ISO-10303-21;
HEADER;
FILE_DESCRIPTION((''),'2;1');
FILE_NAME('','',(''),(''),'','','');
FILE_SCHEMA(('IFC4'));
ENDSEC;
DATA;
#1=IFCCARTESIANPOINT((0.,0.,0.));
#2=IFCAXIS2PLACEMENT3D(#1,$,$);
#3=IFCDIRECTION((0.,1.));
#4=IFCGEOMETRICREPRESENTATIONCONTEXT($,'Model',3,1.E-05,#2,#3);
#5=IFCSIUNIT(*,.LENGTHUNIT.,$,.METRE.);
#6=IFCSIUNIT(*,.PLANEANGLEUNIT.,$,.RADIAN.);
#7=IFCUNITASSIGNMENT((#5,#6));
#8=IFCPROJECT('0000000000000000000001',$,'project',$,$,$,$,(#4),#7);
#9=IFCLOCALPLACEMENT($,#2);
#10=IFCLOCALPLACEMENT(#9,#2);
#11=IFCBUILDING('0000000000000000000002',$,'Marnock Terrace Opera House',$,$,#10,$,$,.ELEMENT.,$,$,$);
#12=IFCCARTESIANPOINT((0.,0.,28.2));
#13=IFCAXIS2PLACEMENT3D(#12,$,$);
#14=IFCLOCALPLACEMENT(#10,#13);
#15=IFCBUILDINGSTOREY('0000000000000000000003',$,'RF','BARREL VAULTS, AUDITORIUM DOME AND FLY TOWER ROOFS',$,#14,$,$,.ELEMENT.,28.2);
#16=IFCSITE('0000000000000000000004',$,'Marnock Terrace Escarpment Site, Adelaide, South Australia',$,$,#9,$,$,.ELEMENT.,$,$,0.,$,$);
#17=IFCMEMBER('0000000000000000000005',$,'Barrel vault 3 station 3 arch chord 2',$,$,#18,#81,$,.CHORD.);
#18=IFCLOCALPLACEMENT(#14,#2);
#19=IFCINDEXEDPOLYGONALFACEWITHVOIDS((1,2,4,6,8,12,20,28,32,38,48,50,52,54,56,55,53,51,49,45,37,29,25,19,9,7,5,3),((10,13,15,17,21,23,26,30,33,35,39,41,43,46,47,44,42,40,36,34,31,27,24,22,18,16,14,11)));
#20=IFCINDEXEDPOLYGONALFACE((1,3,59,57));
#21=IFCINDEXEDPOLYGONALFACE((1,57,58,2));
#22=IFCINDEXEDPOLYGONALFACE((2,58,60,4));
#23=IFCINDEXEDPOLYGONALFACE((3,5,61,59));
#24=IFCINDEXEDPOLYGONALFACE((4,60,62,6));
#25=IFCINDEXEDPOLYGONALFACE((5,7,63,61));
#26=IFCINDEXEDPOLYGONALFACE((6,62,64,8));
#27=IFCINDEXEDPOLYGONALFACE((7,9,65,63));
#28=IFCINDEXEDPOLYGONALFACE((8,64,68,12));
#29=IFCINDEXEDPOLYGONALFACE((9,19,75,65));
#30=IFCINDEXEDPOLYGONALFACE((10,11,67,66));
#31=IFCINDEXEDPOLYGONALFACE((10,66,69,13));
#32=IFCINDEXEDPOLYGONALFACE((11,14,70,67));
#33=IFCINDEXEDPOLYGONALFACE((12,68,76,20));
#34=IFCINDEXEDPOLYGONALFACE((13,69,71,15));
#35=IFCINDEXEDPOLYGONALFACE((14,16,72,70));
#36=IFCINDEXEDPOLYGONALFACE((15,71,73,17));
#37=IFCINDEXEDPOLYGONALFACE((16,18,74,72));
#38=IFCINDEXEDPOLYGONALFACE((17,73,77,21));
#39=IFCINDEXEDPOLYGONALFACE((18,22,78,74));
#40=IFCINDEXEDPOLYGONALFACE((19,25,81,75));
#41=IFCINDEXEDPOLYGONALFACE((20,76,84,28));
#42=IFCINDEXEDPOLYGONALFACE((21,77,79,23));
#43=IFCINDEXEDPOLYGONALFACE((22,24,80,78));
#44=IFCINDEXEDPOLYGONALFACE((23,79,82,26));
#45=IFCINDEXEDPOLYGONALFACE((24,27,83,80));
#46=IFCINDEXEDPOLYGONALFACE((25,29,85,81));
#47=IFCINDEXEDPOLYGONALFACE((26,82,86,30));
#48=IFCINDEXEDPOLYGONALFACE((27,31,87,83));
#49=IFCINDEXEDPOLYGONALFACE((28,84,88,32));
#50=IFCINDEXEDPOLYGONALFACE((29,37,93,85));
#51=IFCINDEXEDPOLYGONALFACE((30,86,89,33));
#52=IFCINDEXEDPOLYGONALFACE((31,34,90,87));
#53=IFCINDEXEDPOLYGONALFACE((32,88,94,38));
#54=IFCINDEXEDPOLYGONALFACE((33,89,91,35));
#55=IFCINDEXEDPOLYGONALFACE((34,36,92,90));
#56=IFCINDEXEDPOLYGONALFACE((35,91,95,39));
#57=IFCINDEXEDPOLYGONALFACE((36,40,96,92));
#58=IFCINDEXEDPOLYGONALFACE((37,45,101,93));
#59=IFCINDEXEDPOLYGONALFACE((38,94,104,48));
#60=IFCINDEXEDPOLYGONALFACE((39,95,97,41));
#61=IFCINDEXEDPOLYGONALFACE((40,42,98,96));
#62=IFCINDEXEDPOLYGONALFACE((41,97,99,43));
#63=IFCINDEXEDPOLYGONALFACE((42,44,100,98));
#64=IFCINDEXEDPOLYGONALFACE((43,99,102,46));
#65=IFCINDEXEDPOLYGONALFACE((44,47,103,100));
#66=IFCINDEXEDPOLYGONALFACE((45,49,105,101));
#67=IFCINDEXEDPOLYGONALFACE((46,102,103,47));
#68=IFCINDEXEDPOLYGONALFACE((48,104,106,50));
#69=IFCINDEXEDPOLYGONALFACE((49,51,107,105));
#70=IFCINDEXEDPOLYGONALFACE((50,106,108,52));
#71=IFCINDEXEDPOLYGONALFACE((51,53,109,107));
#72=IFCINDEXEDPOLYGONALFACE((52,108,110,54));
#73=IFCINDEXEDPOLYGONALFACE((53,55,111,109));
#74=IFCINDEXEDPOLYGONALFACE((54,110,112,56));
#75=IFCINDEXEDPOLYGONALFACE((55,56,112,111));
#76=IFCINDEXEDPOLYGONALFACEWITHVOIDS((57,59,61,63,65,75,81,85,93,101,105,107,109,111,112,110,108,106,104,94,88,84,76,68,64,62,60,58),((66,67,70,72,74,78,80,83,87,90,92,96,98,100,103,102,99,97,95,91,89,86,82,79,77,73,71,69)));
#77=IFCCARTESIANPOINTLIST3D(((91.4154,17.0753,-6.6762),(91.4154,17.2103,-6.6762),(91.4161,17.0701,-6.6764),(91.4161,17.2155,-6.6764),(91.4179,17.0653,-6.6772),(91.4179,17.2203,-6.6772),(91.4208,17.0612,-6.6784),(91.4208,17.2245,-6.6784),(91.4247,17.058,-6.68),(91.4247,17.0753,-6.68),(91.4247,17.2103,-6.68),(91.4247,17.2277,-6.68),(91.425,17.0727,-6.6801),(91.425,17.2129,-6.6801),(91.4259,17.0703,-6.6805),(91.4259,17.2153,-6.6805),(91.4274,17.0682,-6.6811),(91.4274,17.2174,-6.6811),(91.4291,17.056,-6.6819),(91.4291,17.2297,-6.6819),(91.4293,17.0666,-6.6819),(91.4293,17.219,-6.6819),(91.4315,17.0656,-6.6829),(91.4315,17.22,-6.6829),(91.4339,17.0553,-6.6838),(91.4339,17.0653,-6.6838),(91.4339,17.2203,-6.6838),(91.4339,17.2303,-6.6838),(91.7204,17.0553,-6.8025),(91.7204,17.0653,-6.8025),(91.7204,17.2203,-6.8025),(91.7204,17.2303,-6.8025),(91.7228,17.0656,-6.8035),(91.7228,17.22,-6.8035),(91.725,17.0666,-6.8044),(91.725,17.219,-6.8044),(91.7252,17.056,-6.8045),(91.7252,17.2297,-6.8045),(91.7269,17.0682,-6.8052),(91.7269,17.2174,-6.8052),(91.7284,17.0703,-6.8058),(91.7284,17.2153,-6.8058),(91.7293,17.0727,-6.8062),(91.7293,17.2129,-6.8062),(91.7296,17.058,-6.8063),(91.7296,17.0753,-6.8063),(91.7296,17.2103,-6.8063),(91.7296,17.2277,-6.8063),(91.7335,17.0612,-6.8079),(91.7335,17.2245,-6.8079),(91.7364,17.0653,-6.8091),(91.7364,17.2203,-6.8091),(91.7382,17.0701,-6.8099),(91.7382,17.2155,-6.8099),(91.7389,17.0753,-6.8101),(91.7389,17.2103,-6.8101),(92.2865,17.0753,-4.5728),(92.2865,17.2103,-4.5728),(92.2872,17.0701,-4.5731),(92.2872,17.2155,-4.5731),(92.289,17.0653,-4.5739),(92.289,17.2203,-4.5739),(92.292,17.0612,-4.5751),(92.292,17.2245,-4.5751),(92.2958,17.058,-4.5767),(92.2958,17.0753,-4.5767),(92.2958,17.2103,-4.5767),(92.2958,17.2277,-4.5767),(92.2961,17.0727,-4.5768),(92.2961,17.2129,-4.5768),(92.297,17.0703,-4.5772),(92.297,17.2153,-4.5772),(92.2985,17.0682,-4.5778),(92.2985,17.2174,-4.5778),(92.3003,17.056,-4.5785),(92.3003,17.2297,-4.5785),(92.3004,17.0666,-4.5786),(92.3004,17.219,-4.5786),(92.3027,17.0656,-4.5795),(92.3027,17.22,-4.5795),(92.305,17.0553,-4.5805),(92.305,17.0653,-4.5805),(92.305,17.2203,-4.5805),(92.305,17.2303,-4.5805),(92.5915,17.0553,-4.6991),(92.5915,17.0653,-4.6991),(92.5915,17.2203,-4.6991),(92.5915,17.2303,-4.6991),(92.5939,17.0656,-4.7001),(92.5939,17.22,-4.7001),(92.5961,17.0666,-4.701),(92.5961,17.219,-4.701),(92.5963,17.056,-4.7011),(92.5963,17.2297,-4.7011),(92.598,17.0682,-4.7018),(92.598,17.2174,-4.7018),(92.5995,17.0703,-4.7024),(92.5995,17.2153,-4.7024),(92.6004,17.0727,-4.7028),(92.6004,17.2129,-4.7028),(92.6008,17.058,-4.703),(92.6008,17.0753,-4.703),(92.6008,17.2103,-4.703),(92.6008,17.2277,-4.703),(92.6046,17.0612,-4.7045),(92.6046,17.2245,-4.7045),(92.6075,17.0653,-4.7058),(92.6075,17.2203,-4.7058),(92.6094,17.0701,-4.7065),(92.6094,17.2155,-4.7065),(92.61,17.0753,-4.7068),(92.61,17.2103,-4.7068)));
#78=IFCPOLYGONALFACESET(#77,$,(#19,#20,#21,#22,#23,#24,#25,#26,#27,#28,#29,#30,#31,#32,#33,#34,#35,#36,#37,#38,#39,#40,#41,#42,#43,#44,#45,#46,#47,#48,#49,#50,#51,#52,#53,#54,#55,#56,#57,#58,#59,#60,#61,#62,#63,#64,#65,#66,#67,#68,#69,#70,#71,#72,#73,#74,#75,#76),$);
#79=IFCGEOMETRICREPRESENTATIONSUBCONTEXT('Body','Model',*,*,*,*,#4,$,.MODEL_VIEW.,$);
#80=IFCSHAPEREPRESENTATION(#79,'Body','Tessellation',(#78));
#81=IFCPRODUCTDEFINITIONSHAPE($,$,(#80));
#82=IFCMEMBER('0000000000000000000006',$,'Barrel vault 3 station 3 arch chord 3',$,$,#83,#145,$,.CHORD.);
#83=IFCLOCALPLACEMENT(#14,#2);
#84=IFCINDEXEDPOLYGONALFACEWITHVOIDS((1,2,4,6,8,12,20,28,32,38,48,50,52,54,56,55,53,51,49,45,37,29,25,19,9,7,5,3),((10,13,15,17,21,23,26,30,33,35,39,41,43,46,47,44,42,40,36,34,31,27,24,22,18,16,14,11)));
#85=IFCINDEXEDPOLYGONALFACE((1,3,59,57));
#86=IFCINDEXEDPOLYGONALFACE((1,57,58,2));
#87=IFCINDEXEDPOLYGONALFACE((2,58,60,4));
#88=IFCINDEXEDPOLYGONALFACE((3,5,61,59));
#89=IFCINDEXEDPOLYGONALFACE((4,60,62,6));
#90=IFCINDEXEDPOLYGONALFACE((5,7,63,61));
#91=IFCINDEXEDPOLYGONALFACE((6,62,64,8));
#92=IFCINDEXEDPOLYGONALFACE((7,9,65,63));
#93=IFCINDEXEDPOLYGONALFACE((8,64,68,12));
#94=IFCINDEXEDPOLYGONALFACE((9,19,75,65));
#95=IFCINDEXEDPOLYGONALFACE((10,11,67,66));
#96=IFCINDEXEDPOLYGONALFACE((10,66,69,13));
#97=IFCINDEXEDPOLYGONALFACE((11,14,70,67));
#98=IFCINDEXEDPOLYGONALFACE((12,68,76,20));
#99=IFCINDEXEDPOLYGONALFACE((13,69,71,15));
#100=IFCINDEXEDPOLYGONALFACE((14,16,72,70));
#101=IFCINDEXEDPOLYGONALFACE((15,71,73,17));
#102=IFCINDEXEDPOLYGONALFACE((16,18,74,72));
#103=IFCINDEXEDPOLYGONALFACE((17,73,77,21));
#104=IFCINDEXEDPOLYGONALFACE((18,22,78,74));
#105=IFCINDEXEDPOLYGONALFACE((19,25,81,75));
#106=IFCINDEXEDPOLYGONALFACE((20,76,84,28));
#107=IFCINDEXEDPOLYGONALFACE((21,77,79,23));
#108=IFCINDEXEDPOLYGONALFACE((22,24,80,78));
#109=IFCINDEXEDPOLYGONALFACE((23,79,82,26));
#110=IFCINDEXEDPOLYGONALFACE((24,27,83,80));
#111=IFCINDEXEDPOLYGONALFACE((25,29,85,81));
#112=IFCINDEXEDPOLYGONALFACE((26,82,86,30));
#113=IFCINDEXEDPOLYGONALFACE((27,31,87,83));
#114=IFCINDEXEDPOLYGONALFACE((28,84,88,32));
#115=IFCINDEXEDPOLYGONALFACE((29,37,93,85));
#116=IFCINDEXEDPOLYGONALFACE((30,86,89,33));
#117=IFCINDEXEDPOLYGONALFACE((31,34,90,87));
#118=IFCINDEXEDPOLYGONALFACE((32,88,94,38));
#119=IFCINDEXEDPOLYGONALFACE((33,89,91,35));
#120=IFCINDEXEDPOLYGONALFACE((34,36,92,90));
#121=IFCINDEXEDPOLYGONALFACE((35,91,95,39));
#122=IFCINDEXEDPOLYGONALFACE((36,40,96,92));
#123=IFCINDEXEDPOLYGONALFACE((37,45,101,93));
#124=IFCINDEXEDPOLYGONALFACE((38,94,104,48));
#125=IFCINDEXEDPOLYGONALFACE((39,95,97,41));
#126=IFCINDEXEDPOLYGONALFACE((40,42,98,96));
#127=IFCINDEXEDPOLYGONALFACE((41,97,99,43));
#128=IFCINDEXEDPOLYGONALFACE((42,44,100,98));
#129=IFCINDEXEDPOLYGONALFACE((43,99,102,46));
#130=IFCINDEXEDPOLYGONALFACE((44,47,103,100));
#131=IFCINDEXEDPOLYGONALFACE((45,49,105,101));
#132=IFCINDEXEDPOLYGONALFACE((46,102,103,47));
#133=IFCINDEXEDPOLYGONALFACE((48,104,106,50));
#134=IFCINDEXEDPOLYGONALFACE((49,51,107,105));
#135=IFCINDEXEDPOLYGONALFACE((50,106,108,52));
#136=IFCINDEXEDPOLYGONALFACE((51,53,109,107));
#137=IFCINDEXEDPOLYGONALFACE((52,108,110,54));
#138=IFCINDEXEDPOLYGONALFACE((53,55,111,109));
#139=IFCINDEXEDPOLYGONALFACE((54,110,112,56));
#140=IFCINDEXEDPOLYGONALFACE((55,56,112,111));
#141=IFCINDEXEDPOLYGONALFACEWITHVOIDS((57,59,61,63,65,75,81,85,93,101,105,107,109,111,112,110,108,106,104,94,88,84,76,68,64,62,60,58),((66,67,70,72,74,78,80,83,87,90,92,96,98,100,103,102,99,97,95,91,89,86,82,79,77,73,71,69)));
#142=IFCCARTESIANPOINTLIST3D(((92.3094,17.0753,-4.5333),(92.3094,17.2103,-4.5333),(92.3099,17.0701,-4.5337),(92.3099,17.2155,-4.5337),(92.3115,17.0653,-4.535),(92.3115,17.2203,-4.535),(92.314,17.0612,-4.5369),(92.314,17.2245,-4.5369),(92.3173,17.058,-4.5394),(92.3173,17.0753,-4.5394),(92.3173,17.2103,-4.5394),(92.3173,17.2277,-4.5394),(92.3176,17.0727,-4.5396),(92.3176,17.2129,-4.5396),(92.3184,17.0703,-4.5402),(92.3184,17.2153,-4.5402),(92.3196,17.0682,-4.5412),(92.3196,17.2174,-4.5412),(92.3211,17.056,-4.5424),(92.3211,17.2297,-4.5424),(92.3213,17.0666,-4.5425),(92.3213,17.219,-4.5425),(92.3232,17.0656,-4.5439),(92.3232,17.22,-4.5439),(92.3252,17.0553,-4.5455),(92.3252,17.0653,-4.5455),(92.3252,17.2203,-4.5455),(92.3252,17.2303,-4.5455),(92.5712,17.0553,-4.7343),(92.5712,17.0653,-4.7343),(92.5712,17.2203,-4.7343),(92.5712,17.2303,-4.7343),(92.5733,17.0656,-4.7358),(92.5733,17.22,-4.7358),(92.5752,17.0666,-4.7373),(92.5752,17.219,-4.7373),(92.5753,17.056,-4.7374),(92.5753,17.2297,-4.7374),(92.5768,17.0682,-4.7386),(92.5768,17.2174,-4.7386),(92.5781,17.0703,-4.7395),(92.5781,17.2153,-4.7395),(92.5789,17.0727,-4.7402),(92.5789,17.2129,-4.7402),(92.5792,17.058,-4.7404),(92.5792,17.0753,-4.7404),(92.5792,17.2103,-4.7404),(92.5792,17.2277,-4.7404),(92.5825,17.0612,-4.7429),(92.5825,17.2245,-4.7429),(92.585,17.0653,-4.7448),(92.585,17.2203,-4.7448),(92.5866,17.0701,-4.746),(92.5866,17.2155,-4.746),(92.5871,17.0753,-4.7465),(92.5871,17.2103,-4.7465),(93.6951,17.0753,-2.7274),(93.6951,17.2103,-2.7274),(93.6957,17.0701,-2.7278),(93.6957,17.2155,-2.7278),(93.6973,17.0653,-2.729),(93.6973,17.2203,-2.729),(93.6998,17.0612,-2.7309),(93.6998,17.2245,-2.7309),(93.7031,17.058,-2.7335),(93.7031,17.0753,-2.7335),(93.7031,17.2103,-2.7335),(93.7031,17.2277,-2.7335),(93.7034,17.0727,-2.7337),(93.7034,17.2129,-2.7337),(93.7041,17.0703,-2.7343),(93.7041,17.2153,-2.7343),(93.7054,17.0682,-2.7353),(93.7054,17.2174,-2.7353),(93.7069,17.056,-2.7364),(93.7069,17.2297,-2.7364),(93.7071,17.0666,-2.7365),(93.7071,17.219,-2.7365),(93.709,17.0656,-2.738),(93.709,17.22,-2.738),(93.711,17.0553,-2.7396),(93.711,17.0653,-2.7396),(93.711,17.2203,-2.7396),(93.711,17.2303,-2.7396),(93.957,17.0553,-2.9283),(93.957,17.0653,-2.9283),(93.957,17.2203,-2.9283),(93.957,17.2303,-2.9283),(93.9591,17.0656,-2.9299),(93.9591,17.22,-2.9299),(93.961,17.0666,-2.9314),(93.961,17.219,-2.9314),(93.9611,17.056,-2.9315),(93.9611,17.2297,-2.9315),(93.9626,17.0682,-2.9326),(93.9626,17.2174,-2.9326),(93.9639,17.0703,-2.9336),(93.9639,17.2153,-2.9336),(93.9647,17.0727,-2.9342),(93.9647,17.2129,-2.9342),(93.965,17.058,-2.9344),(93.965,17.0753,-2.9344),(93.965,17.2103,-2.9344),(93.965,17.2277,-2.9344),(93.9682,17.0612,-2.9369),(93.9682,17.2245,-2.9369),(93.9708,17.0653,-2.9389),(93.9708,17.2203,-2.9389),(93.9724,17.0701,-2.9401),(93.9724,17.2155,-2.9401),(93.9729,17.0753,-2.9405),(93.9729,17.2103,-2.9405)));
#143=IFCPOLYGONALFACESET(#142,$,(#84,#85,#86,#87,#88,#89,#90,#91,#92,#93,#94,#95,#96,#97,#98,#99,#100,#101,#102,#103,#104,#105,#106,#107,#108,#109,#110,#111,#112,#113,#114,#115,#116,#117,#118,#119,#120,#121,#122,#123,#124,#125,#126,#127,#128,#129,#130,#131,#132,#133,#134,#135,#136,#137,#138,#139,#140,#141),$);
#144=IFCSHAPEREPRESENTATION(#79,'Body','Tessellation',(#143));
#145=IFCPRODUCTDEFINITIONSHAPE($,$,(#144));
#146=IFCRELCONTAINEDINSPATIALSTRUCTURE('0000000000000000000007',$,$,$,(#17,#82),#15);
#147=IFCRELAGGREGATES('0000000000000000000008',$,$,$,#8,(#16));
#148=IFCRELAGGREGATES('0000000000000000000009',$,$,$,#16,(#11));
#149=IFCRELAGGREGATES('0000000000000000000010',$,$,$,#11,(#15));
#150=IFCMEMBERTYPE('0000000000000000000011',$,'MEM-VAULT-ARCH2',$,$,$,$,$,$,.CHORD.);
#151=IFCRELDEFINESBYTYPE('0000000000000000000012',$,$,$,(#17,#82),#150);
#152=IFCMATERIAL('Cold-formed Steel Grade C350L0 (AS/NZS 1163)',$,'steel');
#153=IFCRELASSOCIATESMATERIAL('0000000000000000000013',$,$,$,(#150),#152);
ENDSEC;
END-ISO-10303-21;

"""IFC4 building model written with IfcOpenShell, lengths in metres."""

from ifc_helpers import new_model, si_unit, direction, frame, origin, origin_2d, place, context, subcontext, project, spatial, hollow_rectangle, extrude, material, material_profile, profile_set, type_object, element, save


model = new_model("IFC4")

# Units and contexts
model_context = context("Model", 3, precision=1e-05, world=origin(), true_north=direction((0.0, 1.0)))
body_context = subcontext(model_context, "Body", "Model", "MODEL_VIEW")
ifc_project = project(units=[si_unit("LENGTHUNIT", "METRE"), si_unit("PLANEANGLEUNIT", "RADIAN")], contexts=[model_context])

# Site, building, storey
site_placement = place(None, origin())
site = spatial("IfcSite", under=ifc_project, at=site_placement, Name="Marnock Terrace Escarpment Site, Adelaide, South Australia", CompositionType="ELEMENT", RefElevation=0.0)
building_placement = place(site_placement, origin())
building = spatial("IfcBuilding", under=site, at=building_placement, Name="Marnock Terrace Opera House", CompositionType="ELEMENT")
storey_placement = place(building_placement, frame((0.0, 0.0, 28.2)))
storey = spatial("IfcBuildingStorey", under=building, at=storey_placement, Name="RF", Description="BARREL VAULTS, AUDITORIUM DOME AND FLY TOWER ROOFS", CompositionType="ELEMENT", Elevation=28.2)

# Members
ifc_material = material(Name="Cold-formed Steel Grade C350L0 (AS/NZS 1163)", Category="steel")
ifc_material_profile_1 = material_profile(ifc_material, hollow_rectangle(XDim=0.175, YDim=0.3501, WallThickness=0.01, InnerFilletRadius=0.01, OuterFilletRadius=0.02, at=origin_2d()))
ifc_profile_set_1 = profile_set([ifc_material_profile_1], Name="Cold-formed Steel Grade C350L0 (AS/NZS 1163)")
member_type_1 = type_object("IfcMemberType", Name="MEM-VAULT-ARCH2", PredefinedType="CHORD", material=ifc_profile_set_1)
member_1_placement = place(storey_placement, frame((91.5771, 17.1428, -6.7432), z_axis=(0.382642, 0.0, 0.923897), x_axis=(0.0, 1.0, 0.0)))
element("IfcMember", 1, at=member_1_placement, inside=storey, type_object=member_type_1, Name="Barrel vault 3 station 3 arch chord 2", PredefinedType="CHORD", context=body_context, shape_type="SweptSolid", body=[
    extrude(hollow_rectangle(XDim=0.175, YDim=0.3501, WallThickness=0.01, InnerFilletRadius=0.01, OuterFilletRadius=0.02, at=origin_2d()), origin(), (0.0, 0.0, 1.0), 2.2766),
])
member_2_placement = place(storey_placement, frame((92.4482, 17.1428, -4.6399), z_axis=(0.608767, 0.0, 0.793349), x_axis=(0.0, 1.0, 0.0)))
element("IfcMember", 2, at=member_2_placement, inside=storey, type_object=member_type_1, Name="Barrel vault 3 station 3 arch chord 3", PredefinedType="CHORD", context=body_context, shape_type="SweptSolid", body=[
    extrude(hollow_rectangle(XDim=0.175, YDim=0.3501, WallThickness=0.01, InnerFilletRadius=0.01, OuterFilletRadius=0.02, at=origin_2d()), origin(), (0.0, 0.0, 1.0), 2.2764),
])

save(model, "model.ifc")
